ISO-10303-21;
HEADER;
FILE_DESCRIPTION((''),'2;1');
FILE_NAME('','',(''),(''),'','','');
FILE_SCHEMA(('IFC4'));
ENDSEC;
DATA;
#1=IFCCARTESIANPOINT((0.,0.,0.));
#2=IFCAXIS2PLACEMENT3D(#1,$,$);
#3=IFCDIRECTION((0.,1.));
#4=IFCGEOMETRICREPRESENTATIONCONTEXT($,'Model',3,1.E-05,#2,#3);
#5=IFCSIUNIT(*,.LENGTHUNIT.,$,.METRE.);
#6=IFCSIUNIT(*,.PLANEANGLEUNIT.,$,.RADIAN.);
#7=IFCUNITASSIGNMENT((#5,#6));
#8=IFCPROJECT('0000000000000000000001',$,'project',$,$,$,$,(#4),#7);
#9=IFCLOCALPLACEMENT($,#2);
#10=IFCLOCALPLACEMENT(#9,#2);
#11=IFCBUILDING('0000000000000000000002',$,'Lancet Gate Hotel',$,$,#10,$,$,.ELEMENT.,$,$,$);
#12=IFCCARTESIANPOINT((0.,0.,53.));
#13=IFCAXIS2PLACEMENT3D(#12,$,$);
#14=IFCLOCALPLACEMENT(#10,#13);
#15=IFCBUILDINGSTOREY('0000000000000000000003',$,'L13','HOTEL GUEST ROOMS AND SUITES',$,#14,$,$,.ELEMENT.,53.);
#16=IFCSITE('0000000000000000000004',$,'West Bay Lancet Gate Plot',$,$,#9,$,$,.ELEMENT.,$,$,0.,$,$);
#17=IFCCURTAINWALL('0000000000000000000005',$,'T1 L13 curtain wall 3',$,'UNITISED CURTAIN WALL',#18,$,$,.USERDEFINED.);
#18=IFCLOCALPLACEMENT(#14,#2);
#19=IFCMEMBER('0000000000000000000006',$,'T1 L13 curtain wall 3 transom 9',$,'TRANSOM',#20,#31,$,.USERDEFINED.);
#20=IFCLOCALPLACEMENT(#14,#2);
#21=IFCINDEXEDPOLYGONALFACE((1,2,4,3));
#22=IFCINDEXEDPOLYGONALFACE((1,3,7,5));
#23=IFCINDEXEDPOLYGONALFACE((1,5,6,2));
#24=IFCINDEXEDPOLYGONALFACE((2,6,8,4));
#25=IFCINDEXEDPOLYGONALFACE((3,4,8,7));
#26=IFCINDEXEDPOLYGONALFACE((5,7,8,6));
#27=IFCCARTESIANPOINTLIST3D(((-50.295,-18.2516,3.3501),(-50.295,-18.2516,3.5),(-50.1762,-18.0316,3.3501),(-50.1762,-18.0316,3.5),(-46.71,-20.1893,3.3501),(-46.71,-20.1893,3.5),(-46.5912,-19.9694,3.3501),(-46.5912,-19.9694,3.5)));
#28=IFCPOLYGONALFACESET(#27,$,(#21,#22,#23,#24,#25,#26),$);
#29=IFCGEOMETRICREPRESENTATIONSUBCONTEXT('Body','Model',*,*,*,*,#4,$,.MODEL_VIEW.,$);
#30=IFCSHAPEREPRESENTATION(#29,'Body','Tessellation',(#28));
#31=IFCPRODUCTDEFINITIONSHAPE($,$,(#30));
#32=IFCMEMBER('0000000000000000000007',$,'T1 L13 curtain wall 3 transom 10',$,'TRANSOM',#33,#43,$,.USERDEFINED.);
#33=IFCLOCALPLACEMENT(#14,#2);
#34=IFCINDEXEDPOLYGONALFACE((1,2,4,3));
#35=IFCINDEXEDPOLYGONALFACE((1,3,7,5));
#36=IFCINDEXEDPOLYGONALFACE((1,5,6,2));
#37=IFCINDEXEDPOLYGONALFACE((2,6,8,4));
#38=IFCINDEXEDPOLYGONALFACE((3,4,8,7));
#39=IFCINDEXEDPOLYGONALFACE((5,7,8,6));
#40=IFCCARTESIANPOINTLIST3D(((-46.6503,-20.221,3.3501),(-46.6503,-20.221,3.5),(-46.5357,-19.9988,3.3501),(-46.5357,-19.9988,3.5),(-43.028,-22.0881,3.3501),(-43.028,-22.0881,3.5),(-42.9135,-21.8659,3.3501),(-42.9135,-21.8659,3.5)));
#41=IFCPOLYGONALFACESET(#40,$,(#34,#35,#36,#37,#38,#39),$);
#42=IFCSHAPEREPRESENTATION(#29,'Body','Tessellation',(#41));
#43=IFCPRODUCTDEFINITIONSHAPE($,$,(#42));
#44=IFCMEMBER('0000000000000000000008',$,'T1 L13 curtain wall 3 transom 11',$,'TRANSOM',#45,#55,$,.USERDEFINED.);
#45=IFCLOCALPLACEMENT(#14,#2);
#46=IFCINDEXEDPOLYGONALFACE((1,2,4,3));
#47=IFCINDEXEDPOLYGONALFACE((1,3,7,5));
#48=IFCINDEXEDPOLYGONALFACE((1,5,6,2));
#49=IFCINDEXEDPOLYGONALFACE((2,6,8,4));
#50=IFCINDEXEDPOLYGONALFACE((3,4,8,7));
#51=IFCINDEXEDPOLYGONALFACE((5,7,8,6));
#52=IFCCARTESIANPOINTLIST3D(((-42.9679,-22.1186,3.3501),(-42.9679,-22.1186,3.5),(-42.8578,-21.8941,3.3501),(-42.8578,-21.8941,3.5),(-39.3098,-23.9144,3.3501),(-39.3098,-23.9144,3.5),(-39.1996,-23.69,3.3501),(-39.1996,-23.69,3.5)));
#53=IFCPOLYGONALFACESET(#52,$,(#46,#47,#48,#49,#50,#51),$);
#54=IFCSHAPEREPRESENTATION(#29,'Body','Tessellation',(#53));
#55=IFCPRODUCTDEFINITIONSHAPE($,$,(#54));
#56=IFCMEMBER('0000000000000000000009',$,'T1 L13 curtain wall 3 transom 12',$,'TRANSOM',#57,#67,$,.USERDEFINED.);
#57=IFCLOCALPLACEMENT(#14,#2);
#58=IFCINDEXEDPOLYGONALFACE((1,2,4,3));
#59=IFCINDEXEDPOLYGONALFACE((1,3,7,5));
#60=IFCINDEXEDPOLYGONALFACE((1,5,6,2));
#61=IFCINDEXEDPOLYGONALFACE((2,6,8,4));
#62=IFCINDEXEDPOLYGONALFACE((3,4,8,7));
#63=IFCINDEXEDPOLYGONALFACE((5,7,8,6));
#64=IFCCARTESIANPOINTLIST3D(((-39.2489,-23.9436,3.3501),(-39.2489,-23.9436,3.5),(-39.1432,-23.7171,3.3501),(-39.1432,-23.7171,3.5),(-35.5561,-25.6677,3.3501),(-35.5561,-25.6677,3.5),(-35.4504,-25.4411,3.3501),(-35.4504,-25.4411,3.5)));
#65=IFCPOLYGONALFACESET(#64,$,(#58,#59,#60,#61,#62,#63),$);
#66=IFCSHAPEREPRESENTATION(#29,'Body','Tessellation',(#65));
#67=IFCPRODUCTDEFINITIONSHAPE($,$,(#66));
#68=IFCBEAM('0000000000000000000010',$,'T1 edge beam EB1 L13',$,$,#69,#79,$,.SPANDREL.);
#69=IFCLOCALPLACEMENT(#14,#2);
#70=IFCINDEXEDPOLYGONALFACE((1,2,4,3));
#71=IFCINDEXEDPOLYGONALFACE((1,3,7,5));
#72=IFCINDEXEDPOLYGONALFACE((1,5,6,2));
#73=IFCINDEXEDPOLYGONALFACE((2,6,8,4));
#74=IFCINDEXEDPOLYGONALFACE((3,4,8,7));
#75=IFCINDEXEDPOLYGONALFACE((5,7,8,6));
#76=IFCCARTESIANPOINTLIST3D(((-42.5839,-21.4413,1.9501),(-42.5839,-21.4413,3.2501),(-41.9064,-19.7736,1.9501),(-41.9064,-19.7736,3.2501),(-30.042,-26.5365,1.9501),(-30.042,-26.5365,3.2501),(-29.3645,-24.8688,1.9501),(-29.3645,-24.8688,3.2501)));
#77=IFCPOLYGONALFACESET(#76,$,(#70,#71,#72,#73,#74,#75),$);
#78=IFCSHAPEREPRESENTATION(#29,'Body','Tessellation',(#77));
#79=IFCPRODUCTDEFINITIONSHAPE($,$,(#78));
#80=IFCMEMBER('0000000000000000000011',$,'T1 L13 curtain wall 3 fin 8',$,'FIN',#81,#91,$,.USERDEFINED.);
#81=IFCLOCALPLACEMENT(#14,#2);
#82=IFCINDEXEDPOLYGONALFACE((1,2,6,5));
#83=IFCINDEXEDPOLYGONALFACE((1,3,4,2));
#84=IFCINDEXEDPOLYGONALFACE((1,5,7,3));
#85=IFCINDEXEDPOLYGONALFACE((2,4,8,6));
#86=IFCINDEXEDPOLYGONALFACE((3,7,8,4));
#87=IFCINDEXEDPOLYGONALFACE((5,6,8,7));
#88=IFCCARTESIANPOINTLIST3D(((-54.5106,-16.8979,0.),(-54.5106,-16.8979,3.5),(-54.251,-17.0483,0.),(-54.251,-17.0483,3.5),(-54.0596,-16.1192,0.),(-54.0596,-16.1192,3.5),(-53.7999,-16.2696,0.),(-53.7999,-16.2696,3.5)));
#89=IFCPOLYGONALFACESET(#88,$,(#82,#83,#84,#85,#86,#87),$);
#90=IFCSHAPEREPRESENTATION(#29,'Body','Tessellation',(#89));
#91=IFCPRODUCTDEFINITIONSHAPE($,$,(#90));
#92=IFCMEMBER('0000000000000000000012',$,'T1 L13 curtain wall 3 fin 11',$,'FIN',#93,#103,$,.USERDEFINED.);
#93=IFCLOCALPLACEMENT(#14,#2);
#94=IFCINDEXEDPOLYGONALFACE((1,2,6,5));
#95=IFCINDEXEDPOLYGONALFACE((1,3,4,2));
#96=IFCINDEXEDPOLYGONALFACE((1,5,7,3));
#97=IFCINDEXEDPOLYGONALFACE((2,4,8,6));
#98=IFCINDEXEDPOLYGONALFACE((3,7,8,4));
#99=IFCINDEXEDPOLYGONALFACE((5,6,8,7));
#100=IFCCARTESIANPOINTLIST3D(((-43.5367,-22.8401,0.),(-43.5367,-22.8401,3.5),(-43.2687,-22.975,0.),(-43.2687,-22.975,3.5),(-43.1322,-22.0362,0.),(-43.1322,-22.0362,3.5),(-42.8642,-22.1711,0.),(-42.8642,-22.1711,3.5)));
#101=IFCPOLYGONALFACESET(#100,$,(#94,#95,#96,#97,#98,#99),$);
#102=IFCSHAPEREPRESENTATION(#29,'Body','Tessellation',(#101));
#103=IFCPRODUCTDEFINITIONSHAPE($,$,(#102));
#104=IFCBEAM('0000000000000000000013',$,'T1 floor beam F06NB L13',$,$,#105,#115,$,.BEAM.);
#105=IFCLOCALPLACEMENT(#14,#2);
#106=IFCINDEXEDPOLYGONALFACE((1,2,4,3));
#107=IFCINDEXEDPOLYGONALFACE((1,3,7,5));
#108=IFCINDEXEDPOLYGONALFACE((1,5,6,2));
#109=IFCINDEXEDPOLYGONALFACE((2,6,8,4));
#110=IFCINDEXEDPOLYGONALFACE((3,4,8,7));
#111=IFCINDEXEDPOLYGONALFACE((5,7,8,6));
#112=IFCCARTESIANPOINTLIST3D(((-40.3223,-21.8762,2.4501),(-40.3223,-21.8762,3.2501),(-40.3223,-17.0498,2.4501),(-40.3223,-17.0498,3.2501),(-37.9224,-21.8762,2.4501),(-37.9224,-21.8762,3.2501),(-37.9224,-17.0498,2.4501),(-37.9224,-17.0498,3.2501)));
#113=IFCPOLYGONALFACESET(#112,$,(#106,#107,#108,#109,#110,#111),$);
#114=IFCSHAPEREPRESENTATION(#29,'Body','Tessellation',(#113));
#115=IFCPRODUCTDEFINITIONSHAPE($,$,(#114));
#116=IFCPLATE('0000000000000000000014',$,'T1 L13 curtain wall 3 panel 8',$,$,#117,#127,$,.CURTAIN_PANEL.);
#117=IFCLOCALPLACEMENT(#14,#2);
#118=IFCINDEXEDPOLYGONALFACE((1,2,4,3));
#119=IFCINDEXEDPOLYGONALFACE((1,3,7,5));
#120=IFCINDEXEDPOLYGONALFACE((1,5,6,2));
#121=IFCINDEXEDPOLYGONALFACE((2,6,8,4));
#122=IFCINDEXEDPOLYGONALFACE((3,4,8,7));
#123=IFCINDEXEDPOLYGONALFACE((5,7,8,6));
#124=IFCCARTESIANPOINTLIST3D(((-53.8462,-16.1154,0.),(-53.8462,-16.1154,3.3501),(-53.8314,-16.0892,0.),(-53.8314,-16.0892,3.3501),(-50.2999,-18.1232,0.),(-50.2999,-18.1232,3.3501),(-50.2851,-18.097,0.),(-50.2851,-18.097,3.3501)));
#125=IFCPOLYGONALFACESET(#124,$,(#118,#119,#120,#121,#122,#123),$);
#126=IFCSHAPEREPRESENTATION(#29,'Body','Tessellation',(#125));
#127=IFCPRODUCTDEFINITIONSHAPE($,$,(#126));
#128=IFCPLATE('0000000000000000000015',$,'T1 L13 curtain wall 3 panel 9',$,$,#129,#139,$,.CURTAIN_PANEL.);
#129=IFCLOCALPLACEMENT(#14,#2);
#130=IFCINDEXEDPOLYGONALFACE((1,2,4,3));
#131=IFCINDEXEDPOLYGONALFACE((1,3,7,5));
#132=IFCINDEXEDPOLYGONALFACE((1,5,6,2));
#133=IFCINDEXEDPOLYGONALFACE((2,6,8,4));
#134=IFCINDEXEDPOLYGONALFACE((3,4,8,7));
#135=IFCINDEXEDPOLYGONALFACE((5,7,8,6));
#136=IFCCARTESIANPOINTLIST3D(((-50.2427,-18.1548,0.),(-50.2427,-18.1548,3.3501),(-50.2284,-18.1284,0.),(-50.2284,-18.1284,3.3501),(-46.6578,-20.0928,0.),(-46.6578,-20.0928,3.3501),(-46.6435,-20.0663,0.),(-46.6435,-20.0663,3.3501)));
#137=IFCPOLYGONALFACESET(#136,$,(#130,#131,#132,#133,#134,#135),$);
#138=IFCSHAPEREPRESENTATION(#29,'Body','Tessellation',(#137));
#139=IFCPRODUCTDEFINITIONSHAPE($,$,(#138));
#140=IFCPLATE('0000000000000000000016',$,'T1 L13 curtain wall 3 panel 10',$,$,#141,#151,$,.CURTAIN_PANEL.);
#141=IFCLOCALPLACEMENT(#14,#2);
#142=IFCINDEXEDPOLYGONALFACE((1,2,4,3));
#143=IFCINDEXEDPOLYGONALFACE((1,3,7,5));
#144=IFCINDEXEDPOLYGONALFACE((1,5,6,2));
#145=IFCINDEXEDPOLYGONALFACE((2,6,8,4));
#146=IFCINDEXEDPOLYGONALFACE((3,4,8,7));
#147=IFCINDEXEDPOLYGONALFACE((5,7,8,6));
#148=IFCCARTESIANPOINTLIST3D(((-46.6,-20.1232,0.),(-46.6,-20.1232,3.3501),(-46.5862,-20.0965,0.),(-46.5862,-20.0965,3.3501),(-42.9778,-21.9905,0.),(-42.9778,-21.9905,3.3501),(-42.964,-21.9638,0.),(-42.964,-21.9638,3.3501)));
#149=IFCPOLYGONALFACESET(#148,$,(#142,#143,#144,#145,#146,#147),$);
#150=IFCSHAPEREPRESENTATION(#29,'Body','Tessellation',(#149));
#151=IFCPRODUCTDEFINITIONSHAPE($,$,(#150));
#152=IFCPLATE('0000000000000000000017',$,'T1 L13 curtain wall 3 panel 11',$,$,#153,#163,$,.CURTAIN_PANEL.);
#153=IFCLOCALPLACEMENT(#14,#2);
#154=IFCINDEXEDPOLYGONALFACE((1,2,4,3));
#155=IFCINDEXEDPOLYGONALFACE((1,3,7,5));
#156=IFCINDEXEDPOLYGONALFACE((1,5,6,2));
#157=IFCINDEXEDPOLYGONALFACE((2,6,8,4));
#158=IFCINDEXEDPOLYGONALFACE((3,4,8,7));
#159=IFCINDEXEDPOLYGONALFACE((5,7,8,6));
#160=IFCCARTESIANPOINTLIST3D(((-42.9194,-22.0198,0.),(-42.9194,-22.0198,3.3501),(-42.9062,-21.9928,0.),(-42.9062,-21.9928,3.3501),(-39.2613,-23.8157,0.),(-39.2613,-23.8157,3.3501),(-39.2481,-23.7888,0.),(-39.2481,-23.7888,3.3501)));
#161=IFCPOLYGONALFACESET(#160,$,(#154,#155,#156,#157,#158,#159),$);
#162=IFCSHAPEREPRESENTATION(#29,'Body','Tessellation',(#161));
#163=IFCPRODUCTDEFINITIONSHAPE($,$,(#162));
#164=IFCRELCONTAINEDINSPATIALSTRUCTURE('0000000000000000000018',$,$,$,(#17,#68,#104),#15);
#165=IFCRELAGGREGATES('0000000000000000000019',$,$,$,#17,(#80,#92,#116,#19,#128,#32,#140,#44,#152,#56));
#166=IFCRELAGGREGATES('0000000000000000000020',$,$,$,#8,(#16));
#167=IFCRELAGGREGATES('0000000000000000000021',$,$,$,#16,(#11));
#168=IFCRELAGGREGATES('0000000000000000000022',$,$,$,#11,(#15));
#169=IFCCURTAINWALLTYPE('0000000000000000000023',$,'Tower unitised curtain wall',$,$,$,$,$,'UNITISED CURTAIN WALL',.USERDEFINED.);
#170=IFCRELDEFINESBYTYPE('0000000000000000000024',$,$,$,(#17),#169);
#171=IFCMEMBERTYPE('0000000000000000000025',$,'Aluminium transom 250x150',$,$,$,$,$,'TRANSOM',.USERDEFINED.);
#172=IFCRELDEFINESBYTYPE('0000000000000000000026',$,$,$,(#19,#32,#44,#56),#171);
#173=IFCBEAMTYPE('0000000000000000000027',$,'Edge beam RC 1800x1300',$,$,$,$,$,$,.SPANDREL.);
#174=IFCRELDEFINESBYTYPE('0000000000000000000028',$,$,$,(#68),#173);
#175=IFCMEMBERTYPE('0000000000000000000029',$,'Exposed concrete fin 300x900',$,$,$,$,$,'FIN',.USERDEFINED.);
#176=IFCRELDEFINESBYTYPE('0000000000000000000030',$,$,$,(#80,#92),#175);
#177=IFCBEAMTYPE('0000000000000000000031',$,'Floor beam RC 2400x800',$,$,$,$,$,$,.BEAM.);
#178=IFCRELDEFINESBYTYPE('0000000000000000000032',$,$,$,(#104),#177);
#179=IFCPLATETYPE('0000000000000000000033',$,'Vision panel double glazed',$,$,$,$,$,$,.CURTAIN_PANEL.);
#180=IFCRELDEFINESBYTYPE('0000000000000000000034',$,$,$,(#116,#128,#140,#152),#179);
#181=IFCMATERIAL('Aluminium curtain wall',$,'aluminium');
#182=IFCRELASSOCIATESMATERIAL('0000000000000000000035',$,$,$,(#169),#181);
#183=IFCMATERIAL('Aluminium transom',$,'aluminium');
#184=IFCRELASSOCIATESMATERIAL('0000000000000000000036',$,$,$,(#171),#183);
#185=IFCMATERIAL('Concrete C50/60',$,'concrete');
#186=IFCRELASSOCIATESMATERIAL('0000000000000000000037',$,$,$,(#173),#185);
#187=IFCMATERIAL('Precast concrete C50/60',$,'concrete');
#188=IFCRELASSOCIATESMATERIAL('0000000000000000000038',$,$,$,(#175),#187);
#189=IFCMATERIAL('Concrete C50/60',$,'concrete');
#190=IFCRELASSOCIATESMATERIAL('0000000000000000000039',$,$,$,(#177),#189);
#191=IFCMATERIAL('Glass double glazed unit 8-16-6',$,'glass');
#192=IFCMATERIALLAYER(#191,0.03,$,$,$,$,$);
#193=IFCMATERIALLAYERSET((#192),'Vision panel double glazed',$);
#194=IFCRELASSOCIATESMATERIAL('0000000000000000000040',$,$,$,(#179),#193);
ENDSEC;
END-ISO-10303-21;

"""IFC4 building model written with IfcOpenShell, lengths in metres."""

from ifc_helpers import new_model, si_unit, direction, frame, origin, origin_2d, place, context, subcontext, project, spatial, rectangle, extrude, material, layer, layer_set, material_profile, profile_set, type_object, element, aggregate, save


model = new_model("IFC4")

# Units and contexts
model_context = context("Model", 3, precision=1e-05, world=origin(), true_north=direction((0.0, 1.0)))
body_context = subcontext(model_context, "Body", "Model", "MODEL_VIEW")
ifc_project = project(units=[si_unit("LENGTHUNIT", "METRE"), si_unit("PLANEANGLEUNIT", "RADIAN")], contexts=[model_context])

# Site, building, storey
site_placement = place(None, origin())
site = spatial("IfcSite", under=ifc_project, at=site_placement, Name="West Bay Lancet Gate Plot", CompositionType="ELEMENT", RefElevation=0.0)
building_placement = place(site_placement, origin())
building = spatial("IfcBuilding", under=site, at=building_placement, Name="Lancet Gate Hotel", CompositionType="ELEMENT")
storey_placement = place(building_placement, frame((0.0, 0.0, 53.0)))
storey = spatial("IfcBuildingStorey", under=building, at=storey_placement, Name="L13", Description="HOTEL GUEST ROOMS AND SUITES", CompositionType="ELEMENT", Elevation=53.0)

# Curtain wall, members
ifc_material_1 = material(Name="Aluminium curtain wall", Category="aluminium")
curtain_wall_type = type_object("IfcCurtainWallType", Name="Tower unitised curtain wall", ElementType="UNITISED CURTAIN WALL", PredefinedType="USERDEFINED", material=ifc_material_1)
curtain_wall_placement = place(storey_placement, origin())
curtain_wall = element("IfcCurtainWall", 1, at=curtain_wall_placement, inside=storey, type_object=curtain_wall_type, Name="T1 L13 curtain wall 3", ObjectType="UNITISED CURTAIN WALL", PredefinedType="USERDEFINED")
ifc_material_2 = material(Name="Aluminium transom", Category="aluminium")
ifc_material_profile_1 = material_profile(ifc_material_2, rectangle(XDim=0.25, YDim=0.1499, at=origin_2d()), Name="TRANSOM 250x150")
ifc_profile_set_1 = profile_set([ifc_material_profile_1], Name="Aluminium transom")
member_type_1 = type_object("IfcMemberType", Name="Aluminium transom 250x150", ElementType="TRANSOM", PredefinedType="USERDEFINED", material=ifc_profile_set_1)
member_1_placement = place(storey_placement, frame((-50.2356, -18.1416, 3.425), z_axis=(0.879714, -0.475503, 0.0), x_axis=(0.475503, 0.879714, 0.0)))
member_1 = element("IfcMember", 2, at=member_1_placement, type_object=member_type_1, Name="T1 L13 curtain wall 3 transom 9", ObjectType="TRANSOM", PredefinedType="USERDEFINED", context=body_context, shape_type="SweptSolid", body=[
    extrude(rectangle(XDim=0.25, YDim=0.1499, at=origin_2d()), origin(), (0.0, 0.0, 1.0), 4.0752),
])
member_2_placement = place(storey_placement, frame((-46.593, -20.1099, 3.425), z_axis=(0.88886, -0.458179, 0.0), x_axis=(0.458179, 0.88886, 0.0)))
member_2 = element("IfcMember", 3, at=member_2_placement, type_object=member_type_1, Name="T1 L13 curtain wall 3 transom 10", ObjectType="TRANSOM", PredefinedType="USERDEFINED", context=body_context, shape_type="SweptSolid", body=[
    extrude(rectangle(XDim=0.25, YDim=0.1499, at=origin_2d()), origin(), (0.0, 0.0, 1.0), 4.0752),
])
member_3_placement = place(storey_placement, frame((-42.9128, -22.0063, 3.425), z_axis=(0.897662, -0.440684, 0.0), x_axis=(0.440684, 0.897662, 0.0)))
member_3 = element("IfcMember", 4, at=member_3_placement, type_object=member_type_1, Name="T1 L13 curtain wall 3 transom 11", ObjectType="TRANSOM", PredefinedType="USERDEFINED", context=body_context, shape_type="SweptSolid", body=[
    extrude(rectangle(XDim=0.25, YDim=0.1499, at=origin_2d()), origin(), (0.0, 0.0, 1.0), 4.0752),
])
member_4_placement = place(storey_placement, frame((-39.196, -23.8303, 3.425), z_axis=(0.90611, -0.423043, 0.0), x_axis=(0.423043, 0.90611, 0.0)))
member_4 = element("IfcMember", 5, at=member_4_placement, type_object=member_type_1, Name="T1 L13 curtain wall 3 transom 12", ObjectType="TRANSOM", PredefinedType="USERDEFINED", context=body_context, shape_type="SweptSolid", body=[
    extrude(rectangle(XDim=0.25, YDim=0.1499, at=origin_2d()), origin(), (0.0, 0.0, 1.0), 4.0754),
])

# Beam
ifc_material_3 = material(Name="Concrete C50/60", Category="concrete")
ifc_material_profile_2 = material_profile(ifc_material_3, rectangle(XDim=1.8, YDim=1.3, at=origin_2d()), Name="RC 1800x1300")
ifc_profile_set_2 = profile_set([ifc_material_profile_2], Name="Concrete C50/60")
beam_type_1 = type_object("IfcBeamType", Name="Edge beam RC 1800x1300", PredefinedType="SPANDREL", material=ifc_profile_set_2)
beam_1_placement = place(storey_placement, frame((-42.2451, -20.6074, 2.6001), z_axis=(0.926463, -0.376385, 0.0), x_axis=(0.376385, 0.926463, 0.0)))
element("IfcBeam", 6, at=beam_1_placement, inside=storey, type_object=beam_type_1, Name="T1 edge beam EB1 L13", PredefinedType="SPANDREL", context=body_context, shape_type="SweptSolid", body=[
    extrude(rectangle(XDim=1.8, YDim=1.3, at=origin_2d()), origin(), (0.0, 0.0, 1.0), 13.5374),
])

# Members
ifc_material_4 = material(Name="Precast concrete C50/60", Category="concrete")
ifc_material_profile_3 = material_profile(ifc_material_4, rectangle(XDim=0.3, YDim=0.8999, at=origin_2d()), Name="FIN 300x900")
ifc_profile_set_3 = profile_set([ifc_material_profile_3], Name="Precast concrete C50/60")
member_type_2 = type_object("IfcMemberType", Name="Exposed concrete fin 300x900", ElementType="FIN", PredefinedType="USERDEFINED", material=ifc_profile_set_3)
member_5_placement = place(storey_placement, frame((-54.1553, -16.5837, 0.0), z_axis=(0.0, 0.0, 1.0), x_axis=(0.865335, -0.501194, 0.0)))
member_5 = element("IfcMember", 7, at=member_5_placement, type_object=member_type_2, Name="T1 L13 curtain wall 3 fin 8", ObjectType="FIN", PredefinedType="USERDEFINED", context=body_context, shape_type="SweptSolid", body=[
    extrude(rectangle(XDim=0.3, YDim=0.8999, at=origin_2d()), origin(), (0.0, 0.0, 1.0), 3.5),
])
member_6_placement = place(storey_placement, frame((-43.2004, -22.5056, 0.0), z_axis=(0.0, 0.0, 1.0), x_axis=(0.893292, -0.449478, 0.0)))
member_6 = element("IfcMember", 8, at=member_6_placement, type_object=member_type_2, Name="T1 L13 curtain wall 3 fin 11", ObjectType="FIN", PredefinedType="USERDEFINED", context=body_context, shape_type="SweptSolid", body=[
    extrude(rectangle(XDim=0.3, YDim=0.8999, at=origin_2d()), origin(), (0.0, 0.0, 1.0), 3.5),
])

# Beam
ifc_material_5 = material(Name="Concrete C50/60", Category="concrete")
ifc_material_profile_4 = material_profile(ifc_material_5, rectangle(XDim=2.3999, YDim=0.8, at=origin_2d()), Name="RC 2400x800")
ifc_profile_set_4 = profile_set([ifc_material_profile_4], Name="Concrete C50/60")
beam_type_2 = type_object("IfcBeamType", Name="Floor beam RC 2400x800", PredefinedType="BEAM", material=ifc_profile_set_4)
beam_2_placement = place(storey_placement, frame((-39.1223, -17.0498, 2.8501), z_axis=(0.0, -1.0, 0.0), x_axis=(1.0, 0.0, 0.0)))
element("IfcBeam", 9, at=beam_2_placement, inside=storey, type_object=beam_type_2, Name="T1 floor beam F06NB L13", PredefinedType="BEAM", context=body_context, shape_type="SweptSolid", body=[
    extrude(rectangle(XDim=2.3999, YDim=0.8, at=origin_2d()), origin(), (0.0, 0.0, 1.0), 4.8264),
])

# Plates
ifc_material_6 = material(Name="Glass double glazed unit 8-16-6", Category="glass")
ifc_layer = layer(ifc_material_6, 0.03)
ifc_layer_set = layer_set([ifc_layer], Name="Vision panel double glazed")
plate_type = type_object("IfcPlateType", Name="Vision panel double glazed", PredefinedType="CURTAIN_PANEL", material=ifc_layer_set)
plate_1_placement = place(storey_placement, frame((-52.0657, -17.1062, 0.0), z_axis=(0.0, 0.0, 1.0), x_axis=(0.870205, -0.49269, 0.0)))
plate_1 = element("IfcPlate", 10, at=plate_1_placement, type_object=plate_type, Name="T1 L13 curtain wall 3 panel 8", PredefinedType="CURTAIN_PANEL", context=body_context, shape_type="SweptSolid", body=[
    extrude(rectangle(XDim=4.0752, YDim=0.03, at=origin_2d()), origin(), (0.0, 0.0, 1.0), 3.3501),
])
plate_2_placement = place(storey_placement, frame((-48.4431, -19.1106, 0.0), z_axis=(0.0, 0.0, 1.0), x_axis=(0.879693, -0.475541, 0.0)))
plate_2 = element("IfcPlate", 11, at=plate_2_placement, type_object=plate_type, Name="T1 L13 curtain wall 3 panel 9", PredefinedType="CURTAIN_PANEL", context=body_context, shape_type="SweptSolid", body=[
    extrude(rectangle(XDim=4.0752, YDim=0.03, at=origin_2d()), origin(), (0.0, 0.0, 1.0), 3.3501),
])
plate_3_placement = place(storey_placement, frame((-44.782, -21.0435, 0.0), z_axis=(0.0, 0.0, 1.0), x_axis=(0.888844, -0.45821, 0.0)))
plate_3 = element("IfcPlate", 12, at=plate_3_placement, type_object=plate_type, Name="T1 L13 curtain wall 3 panel 10", PredefinedType="CURTAIN_PANEL", context=body_context, shape_type="SweptSolid", body=[
    extrude(rectangle(XDim=4.0752, YDim=0.03, at=origin_2d()), origin(), (0.0, 0.0, 1.0), 3.3501),
])
plate_4_placement = place(storey_placement, frame((-41.0837, -22.9043, 0.0), z_axis=(0.0, 0.0, 1.0), x_axis=(0.897653, -0.440702, 0.0)))
plate_4 = element("IfcPlate", 13, at=plate_4_placement, type_object=plate_type, Name="T1 L13 curtain wall 3 panel 11", PredefinedType="CURTAIN_PANEL", context=body_context, shape_type="SweptSolid", body=[
    extrude(rectangle(XDim=4.0752, YDim=0.03, at=origin_2d()), origin(), (0.0, 0.0, 1.0), 3.3501),
])
aggregate(curtain_wall, [member_5, member_6, plate_1, member_1, plate_2, member_2, plate_3, member_3, plate_4, member_4])

save(model, "model.ifc")
